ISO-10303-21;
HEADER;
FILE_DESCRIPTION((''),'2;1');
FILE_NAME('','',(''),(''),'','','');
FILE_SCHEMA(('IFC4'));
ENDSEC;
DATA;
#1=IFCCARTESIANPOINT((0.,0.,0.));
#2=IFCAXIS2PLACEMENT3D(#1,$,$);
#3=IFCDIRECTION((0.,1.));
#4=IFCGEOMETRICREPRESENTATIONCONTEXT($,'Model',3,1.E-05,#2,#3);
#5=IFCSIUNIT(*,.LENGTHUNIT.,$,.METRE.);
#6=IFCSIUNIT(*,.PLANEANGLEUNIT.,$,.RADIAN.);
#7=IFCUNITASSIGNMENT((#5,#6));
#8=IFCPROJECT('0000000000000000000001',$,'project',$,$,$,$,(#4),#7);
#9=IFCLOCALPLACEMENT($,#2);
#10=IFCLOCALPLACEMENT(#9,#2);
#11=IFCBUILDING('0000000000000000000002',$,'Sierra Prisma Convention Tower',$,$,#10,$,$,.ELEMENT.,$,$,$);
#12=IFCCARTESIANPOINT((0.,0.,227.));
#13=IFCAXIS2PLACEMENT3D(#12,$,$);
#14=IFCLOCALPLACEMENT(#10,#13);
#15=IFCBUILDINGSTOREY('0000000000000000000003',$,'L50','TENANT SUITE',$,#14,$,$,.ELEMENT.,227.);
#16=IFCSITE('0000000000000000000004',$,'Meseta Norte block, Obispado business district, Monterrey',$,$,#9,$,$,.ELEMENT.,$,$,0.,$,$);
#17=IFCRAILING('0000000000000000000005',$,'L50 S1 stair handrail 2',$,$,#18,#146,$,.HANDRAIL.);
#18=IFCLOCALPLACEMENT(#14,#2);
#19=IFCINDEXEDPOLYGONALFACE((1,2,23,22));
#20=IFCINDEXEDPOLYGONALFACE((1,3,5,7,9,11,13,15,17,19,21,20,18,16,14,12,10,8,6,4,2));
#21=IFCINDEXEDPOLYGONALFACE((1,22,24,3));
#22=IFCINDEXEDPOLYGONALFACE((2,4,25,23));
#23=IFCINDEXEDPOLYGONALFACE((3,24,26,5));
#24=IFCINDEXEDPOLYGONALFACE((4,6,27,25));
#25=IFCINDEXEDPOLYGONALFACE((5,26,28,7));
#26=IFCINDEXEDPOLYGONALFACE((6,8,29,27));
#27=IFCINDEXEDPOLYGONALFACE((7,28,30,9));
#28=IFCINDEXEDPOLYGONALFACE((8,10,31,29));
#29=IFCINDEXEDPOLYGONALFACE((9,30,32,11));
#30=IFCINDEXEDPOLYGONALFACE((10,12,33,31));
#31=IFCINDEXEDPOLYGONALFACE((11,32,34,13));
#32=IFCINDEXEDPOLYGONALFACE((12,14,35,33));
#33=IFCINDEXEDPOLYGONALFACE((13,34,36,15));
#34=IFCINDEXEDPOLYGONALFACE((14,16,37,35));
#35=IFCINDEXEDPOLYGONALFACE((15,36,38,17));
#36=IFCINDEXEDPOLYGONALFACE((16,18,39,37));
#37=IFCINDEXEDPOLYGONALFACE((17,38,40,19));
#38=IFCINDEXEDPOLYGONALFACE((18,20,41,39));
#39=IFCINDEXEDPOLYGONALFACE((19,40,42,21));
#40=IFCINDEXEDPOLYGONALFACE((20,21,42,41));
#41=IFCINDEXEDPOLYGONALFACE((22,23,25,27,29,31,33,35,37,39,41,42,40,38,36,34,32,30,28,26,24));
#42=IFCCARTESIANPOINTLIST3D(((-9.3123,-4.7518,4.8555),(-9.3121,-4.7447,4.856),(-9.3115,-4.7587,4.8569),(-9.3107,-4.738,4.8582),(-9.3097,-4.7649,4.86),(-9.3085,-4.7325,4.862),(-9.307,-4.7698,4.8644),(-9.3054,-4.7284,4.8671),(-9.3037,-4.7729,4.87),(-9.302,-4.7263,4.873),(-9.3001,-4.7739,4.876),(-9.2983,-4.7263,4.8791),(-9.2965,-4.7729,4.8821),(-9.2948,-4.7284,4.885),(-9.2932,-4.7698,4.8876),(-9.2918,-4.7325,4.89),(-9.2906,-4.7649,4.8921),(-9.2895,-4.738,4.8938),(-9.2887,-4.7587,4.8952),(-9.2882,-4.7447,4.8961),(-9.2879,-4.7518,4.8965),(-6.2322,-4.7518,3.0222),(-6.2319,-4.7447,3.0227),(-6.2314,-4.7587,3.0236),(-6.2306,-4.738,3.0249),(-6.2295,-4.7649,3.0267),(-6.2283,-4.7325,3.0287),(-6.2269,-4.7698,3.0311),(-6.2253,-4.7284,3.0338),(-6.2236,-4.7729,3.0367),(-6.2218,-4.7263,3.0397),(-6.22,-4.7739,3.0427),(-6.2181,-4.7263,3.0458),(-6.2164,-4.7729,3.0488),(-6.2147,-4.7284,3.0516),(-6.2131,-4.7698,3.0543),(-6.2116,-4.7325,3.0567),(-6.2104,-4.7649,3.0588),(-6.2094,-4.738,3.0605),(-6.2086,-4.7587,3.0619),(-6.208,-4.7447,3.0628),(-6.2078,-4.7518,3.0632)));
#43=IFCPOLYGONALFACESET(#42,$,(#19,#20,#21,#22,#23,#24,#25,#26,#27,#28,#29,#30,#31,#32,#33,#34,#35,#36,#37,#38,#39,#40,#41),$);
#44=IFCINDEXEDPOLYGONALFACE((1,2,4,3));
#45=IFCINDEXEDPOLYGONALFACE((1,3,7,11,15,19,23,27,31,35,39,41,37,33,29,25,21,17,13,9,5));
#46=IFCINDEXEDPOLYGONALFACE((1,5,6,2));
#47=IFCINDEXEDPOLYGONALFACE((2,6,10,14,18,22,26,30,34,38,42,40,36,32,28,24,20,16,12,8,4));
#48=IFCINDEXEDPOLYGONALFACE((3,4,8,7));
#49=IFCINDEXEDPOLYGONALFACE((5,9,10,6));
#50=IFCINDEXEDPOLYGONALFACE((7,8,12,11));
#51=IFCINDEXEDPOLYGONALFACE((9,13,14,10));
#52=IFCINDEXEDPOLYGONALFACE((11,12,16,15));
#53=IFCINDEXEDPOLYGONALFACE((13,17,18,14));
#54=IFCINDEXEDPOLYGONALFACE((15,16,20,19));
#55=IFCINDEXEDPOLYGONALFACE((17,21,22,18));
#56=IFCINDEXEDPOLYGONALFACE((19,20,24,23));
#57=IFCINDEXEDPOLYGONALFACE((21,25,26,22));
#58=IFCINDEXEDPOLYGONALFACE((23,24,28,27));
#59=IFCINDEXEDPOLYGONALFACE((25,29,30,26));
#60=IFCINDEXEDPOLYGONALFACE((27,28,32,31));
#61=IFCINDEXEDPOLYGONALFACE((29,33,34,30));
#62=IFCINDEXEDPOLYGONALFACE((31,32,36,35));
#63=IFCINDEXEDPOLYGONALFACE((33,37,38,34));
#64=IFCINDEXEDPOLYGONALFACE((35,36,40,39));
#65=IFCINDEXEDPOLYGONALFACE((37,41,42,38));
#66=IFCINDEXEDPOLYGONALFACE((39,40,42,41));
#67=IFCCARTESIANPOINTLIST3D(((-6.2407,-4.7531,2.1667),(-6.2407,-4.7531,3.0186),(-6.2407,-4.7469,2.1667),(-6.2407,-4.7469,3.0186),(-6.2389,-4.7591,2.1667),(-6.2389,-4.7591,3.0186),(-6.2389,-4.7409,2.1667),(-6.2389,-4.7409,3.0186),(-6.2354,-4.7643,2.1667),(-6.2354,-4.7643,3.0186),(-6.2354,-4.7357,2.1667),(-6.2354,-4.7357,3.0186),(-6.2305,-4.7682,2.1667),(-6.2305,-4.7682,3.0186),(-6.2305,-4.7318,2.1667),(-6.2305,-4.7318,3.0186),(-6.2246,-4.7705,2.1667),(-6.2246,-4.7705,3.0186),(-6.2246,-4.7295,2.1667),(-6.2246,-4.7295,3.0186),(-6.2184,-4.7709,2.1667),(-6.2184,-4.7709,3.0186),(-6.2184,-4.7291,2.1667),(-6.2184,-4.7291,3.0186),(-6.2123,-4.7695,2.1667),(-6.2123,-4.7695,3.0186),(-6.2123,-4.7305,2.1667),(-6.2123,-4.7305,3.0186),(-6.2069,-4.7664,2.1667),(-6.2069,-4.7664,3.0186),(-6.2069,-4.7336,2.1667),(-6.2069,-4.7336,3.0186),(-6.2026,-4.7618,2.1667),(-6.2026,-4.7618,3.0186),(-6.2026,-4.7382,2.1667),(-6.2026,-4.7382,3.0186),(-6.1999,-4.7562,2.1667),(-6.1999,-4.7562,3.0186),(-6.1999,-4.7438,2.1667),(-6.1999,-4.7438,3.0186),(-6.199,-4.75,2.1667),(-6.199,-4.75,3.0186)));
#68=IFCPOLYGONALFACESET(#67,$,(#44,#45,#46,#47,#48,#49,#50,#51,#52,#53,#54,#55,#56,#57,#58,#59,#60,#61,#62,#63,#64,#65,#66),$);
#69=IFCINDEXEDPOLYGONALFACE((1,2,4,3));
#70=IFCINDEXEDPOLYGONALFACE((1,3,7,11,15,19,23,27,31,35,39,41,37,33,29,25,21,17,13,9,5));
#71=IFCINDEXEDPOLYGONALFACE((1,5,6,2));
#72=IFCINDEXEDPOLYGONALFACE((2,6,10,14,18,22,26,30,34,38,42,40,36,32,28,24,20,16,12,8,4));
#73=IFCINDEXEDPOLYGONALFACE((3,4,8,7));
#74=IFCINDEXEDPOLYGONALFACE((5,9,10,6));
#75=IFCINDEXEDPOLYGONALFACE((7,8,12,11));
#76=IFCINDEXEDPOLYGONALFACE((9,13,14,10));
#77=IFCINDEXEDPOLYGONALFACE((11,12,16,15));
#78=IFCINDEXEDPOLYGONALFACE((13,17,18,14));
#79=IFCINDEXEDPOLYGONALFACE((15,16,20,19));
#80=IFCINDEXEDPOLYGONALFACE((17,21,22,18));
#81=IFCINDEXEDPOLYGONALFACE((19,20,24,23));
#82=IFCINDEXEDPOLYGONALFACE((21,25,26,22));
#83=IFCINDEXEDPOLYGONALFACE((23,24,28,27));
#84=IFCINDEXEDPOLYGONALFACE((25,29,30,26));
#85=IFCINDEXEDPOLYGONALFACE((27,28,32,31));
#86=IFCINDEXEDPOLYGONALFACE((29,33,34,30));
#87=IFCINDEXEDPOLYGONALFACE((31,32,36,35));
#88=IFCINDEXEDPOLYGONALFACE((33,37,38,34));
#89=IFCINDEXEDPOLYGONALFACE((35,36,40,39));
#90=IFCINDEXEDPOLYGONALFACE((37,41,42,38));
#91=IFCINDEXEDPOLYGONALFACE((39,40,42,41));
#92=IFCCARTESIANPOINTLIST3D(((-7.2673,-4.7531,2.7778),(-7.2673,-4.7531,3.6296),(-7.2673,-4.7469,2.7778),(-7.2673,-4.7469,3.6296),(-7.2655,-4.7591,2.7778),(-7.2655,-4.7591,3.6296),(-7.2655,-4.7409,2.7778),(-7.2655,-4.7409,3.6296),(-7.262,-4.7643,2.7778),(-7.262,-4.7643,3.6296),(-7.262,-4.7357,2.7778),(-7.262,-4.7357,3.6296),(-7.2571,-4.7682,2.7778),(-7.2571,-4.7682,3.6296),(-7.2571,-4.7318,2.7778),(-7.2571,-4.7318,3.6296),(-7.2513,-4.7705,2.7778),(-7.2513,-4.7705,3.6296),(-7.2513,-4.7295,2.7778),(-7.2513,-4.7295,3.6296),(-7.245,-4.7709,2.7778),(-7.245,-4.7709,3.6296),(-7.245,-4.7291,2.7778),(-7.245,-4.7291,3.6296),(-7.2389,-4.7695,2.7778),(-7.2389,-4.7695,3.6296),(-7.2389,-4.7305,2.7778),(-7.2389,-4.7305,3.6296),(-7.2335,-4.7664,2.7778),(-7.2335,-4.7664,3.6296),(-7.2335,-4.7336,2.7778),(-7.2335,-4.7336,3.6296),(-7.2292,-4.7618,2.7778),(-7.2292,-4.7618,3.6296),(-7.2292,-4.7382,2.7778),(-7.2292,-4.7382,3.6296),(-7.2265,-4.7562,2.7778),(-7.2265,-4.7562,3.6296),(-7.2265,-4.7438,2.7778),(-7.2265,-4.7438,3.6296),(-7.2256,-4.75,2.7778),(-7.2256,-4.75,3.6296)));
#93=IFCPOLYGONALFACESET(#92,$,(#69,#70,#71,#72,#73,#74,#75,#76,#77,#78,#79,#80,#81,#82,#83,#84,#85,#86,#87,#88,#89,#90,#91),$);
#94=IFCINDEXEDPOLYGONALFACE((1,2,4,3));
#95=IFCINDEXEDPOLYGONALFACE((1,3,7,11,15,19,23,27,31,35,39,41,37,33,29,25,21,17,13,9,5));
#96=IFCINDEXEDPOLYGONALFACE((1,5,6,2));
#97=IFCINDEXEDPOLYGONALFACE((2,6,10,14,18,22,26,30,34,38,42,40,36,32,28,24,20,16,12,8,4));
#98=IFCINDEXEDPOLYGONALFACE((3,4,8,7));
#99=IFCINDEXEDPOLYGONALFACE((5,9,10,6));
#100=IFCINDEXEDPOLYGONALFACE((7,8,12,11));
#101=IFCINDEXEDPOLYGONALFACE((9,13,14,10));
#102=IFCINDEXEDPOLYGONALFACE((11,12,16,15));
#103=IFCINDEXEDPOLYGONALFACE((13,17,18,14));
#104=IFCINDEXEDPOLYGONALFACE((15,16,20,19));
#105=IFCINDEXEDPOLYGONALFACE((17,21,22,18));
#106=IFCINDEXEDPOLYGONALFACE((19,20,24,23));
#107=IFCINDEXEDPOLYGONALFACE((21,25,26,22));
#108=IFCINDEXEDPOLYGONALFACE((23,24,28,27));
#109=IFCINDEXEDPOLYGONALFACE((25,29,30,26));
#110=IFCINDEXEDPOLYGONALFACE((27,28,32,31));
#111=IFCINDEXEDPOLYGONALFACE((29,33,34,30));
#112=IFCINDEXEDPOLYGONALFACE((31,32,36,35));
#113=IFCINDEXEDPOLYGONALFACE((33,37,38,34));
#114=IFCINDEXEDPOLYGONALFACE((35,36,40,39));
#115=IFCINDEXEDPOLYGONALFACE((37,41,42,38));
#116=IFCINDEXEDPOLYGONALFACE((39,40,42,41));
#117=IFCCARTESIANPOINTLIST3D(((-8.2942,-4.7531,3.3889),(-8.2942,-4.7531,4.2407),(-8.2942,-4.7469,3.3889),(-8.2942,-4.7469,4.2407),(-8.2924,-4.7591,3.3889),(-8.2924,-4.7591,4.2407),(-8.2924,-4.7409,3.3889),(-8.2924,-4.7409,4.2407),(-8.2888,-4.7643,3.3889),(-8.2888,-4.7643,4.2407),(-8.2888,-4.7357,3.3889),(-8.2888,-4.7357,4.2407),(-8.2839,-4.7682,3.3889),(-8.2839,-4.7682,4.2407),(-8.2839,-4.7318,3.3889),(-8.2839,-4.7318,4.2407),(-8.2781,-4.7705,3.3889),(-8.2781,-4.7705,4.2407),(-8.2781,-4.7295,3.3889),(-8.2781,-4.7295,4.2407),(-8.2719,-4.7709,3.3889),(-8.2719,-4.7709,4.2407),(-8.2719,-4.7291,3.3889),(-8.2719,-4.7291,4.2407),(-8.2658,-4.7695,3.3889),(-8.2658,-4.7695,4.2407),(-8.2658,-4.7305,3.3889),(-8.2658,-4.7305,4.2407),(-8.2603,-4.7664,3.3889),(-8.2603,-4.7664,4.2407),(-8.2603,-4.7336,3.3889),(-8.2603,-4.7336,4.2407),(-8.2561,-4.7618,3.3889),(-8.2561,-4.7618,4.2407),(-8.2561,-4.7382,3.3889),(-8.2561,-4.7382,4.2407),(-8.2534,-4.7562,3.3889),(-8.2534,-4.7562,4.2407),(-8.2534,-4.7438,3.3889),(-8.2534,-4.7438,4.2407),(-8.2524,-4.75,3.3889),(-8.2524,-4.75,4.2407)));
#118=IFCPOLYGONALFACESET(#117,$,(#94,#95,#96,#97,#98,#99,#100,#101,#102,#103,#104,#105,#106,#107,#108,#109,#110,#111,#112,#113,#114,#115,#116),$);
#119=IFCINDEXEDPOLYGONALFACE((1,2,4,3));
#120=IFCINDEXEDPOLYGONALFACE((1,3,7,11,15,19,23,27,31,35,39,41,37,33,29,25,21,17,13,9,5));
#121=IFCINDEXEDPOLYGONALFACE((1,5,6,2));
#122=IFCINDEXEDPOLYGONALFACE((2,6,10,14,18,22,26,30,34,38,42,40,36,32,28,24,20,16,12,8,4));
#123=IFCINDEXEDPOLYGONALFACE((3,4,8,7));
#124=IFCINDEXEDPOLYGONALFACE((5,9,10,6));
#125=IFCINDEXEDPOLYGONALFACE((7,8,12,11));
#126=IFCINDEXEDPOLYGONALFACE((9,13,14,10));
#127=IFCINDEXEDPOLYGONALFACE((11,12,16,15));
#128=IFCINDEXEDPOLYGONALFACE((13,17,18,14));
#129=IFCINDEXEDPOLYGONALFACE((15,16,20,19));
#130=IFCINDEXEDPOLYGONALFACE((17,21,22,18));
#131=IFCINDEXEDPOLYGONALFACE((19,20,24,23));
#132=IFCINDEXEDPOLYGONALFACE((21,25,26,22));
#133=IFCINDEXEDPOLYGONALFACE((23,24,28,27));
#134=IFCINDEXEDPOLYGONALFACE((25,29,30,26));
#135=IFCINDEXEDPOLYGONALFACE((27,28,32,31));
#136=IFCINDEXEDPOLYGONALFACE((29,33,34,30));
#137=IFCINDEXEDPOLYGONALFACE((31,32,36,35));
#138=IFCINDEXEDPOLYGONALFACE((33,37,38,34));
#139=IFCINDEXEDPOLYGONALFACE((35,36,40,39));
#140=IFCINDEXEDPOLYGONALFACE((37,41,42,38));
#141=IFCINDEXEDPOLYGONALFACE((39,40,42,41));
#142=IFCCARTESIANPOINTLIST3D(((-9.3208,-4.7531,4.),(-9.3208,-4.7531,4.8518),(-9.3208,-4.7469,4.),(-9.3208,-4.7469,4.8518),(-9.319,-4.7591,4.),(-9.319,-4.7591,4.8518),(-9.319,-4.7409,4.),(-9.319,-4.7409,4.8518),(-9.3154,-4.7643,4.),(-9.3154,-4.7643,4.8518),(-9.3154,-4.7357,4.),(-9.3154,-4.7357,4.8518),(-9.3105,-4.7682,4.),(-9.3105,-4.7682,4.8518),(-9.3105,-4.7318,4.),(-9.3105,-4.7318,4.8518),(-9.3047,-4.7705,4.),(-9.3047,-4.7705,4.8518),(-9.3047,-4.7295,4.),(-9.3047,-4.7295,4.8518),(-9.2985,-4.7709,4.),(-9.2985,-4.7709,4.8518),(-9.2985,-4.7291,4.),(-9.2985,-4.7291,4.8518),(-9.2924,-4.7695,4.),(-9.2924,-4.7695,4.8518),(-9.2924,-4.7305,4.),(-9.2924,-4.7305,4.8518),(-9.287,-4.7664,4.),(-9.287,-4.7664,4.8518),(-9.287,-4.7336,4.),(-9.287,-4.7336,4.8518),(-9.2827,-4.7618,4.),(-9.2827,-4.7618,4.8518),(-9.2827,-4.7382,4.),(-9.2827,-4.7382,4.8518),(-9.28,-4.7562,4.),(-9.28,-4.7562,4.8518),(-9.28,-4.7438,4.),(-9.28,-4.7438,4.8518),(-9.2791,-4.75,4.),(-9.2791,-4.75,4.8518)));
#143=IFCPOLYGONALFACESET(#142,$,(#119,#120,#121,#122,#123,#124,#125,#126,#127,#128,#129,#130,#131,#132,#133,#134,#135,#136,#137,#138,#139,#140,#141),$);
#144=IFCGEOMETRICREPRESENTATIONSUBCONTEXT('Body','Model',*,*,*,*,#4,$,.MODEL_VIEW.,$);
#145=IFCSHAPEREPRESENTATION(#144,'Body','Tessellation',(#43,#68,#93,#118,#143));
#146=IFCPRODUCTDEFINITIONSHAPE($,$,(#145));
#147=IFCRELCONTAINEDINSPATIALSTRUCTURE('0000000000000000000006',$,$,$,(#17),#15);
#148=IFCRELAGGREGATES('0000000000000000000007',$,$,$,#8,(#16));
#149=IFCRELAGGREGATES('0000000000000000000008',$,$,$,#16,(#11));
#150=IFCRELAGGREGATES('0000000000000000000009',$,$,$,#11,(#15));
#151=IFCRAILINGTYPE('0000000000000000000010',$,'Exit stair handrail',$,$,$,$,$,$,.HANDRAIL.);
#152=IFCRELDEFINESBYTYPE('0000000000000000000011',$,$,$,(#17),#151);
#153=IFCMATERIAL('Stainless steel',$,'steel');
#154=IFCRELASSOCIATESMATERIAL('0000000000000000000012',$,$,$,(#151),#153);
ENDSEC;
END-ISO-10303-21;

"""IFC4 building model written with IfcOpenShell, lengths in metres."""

from ifc_helpers import new_model, si_unit, direction, frame, origin, origin_2d, place, context, subcontext, project, spatial, circle, extrude, material, type_object, element, save


model = new_model("IFC4")

# Units and contexts
model_context = context("Model", 3, precision=1e-05, world=origin(), true_north=direction((0.0, 1.0)))
body_context = subcontext(model_context, "Body", "Model", "MODEL_VIEW")
ifc_project = project(units=[si_unit("LENGTHUNIT", "METRE"), si_unit("PLANEANGLEUNIT", "RADIAN")], contexts=[model_context])

# Site, building, storey
site_placement = place(None, origin())
site = spatial("IfcSite", under=ifc_project, at=site_placement, Name="Meseta Norte block, Obispado business district, Monterrey", CompositionType="ELEMENT", RefElevation=0.0)
building_placement = place(site_placement, origin())
building = spatial("IfcBuilding", under=site, at=building_placement, Name="Sierra Prisma Convention Tower", CompositionType="ELEMENT")
storey_placement = place(building_placement, frame((0.0, 0.0, 227.0)))
storey = spatial("IfcBuildingStorey", under=building, at=storey_placement, Name="L50", Description="TENANT SUITE", CompositionType="ELEMENT", Elevation=227.0)

# Railing
ifc_material_1 = material(Name="Stainless steel", Category="steel")
railing_type_1 = type_object("IfcRailingType", Name="Exit stair handrail", PredefinedType="HANDRAIL", material=ifc_material_1)
railing_1_placement = place(storey_placement, frame((-6.22, -4.75, 2.1667)))
element("IfcRailing", 1, at=railing_1_placement, inside=storey, type_object=railing_type_1, Name="L50 S1 stair handrail 2", PredefinedType="HANDRAIL", context=body_context, shape_type="SweptSolid", body=[
    extrude(circle(Radius=0.0239, at=origin_2d()), frame((0.0, 0.0, 0.876), z_axis=(-0.859309, 0.0, 0.511458), x_axis=(0.0, -1.0, 0.0)), (0.0, 0.0, 1.0), 3.5845),
    extrude(circle(Radius=0.021, at=origin_2d()), origin(), (0.0, 0.0, 1.0), 0.8518),
    extrude(circle(Radius=0.021, at=origin_2d()), frame((-1.0266, 0.0, 0.6111)), (0.0, 0.0, 1.0), 0.8518),
    extrude(circle(Radius=0.021, at=origin_2d()), frame((-2.0535, 0.0, 1.2222)), (0.0, 0.0, 1.0), 0.8518),
    extrude(circle(Radius=0.021, at=origin_2d()), frame((-3.0801, 0.0, 1.8333)), (0.0, 0.0, 1.0), 0.8518),
])

save(model, "model.ifc")
